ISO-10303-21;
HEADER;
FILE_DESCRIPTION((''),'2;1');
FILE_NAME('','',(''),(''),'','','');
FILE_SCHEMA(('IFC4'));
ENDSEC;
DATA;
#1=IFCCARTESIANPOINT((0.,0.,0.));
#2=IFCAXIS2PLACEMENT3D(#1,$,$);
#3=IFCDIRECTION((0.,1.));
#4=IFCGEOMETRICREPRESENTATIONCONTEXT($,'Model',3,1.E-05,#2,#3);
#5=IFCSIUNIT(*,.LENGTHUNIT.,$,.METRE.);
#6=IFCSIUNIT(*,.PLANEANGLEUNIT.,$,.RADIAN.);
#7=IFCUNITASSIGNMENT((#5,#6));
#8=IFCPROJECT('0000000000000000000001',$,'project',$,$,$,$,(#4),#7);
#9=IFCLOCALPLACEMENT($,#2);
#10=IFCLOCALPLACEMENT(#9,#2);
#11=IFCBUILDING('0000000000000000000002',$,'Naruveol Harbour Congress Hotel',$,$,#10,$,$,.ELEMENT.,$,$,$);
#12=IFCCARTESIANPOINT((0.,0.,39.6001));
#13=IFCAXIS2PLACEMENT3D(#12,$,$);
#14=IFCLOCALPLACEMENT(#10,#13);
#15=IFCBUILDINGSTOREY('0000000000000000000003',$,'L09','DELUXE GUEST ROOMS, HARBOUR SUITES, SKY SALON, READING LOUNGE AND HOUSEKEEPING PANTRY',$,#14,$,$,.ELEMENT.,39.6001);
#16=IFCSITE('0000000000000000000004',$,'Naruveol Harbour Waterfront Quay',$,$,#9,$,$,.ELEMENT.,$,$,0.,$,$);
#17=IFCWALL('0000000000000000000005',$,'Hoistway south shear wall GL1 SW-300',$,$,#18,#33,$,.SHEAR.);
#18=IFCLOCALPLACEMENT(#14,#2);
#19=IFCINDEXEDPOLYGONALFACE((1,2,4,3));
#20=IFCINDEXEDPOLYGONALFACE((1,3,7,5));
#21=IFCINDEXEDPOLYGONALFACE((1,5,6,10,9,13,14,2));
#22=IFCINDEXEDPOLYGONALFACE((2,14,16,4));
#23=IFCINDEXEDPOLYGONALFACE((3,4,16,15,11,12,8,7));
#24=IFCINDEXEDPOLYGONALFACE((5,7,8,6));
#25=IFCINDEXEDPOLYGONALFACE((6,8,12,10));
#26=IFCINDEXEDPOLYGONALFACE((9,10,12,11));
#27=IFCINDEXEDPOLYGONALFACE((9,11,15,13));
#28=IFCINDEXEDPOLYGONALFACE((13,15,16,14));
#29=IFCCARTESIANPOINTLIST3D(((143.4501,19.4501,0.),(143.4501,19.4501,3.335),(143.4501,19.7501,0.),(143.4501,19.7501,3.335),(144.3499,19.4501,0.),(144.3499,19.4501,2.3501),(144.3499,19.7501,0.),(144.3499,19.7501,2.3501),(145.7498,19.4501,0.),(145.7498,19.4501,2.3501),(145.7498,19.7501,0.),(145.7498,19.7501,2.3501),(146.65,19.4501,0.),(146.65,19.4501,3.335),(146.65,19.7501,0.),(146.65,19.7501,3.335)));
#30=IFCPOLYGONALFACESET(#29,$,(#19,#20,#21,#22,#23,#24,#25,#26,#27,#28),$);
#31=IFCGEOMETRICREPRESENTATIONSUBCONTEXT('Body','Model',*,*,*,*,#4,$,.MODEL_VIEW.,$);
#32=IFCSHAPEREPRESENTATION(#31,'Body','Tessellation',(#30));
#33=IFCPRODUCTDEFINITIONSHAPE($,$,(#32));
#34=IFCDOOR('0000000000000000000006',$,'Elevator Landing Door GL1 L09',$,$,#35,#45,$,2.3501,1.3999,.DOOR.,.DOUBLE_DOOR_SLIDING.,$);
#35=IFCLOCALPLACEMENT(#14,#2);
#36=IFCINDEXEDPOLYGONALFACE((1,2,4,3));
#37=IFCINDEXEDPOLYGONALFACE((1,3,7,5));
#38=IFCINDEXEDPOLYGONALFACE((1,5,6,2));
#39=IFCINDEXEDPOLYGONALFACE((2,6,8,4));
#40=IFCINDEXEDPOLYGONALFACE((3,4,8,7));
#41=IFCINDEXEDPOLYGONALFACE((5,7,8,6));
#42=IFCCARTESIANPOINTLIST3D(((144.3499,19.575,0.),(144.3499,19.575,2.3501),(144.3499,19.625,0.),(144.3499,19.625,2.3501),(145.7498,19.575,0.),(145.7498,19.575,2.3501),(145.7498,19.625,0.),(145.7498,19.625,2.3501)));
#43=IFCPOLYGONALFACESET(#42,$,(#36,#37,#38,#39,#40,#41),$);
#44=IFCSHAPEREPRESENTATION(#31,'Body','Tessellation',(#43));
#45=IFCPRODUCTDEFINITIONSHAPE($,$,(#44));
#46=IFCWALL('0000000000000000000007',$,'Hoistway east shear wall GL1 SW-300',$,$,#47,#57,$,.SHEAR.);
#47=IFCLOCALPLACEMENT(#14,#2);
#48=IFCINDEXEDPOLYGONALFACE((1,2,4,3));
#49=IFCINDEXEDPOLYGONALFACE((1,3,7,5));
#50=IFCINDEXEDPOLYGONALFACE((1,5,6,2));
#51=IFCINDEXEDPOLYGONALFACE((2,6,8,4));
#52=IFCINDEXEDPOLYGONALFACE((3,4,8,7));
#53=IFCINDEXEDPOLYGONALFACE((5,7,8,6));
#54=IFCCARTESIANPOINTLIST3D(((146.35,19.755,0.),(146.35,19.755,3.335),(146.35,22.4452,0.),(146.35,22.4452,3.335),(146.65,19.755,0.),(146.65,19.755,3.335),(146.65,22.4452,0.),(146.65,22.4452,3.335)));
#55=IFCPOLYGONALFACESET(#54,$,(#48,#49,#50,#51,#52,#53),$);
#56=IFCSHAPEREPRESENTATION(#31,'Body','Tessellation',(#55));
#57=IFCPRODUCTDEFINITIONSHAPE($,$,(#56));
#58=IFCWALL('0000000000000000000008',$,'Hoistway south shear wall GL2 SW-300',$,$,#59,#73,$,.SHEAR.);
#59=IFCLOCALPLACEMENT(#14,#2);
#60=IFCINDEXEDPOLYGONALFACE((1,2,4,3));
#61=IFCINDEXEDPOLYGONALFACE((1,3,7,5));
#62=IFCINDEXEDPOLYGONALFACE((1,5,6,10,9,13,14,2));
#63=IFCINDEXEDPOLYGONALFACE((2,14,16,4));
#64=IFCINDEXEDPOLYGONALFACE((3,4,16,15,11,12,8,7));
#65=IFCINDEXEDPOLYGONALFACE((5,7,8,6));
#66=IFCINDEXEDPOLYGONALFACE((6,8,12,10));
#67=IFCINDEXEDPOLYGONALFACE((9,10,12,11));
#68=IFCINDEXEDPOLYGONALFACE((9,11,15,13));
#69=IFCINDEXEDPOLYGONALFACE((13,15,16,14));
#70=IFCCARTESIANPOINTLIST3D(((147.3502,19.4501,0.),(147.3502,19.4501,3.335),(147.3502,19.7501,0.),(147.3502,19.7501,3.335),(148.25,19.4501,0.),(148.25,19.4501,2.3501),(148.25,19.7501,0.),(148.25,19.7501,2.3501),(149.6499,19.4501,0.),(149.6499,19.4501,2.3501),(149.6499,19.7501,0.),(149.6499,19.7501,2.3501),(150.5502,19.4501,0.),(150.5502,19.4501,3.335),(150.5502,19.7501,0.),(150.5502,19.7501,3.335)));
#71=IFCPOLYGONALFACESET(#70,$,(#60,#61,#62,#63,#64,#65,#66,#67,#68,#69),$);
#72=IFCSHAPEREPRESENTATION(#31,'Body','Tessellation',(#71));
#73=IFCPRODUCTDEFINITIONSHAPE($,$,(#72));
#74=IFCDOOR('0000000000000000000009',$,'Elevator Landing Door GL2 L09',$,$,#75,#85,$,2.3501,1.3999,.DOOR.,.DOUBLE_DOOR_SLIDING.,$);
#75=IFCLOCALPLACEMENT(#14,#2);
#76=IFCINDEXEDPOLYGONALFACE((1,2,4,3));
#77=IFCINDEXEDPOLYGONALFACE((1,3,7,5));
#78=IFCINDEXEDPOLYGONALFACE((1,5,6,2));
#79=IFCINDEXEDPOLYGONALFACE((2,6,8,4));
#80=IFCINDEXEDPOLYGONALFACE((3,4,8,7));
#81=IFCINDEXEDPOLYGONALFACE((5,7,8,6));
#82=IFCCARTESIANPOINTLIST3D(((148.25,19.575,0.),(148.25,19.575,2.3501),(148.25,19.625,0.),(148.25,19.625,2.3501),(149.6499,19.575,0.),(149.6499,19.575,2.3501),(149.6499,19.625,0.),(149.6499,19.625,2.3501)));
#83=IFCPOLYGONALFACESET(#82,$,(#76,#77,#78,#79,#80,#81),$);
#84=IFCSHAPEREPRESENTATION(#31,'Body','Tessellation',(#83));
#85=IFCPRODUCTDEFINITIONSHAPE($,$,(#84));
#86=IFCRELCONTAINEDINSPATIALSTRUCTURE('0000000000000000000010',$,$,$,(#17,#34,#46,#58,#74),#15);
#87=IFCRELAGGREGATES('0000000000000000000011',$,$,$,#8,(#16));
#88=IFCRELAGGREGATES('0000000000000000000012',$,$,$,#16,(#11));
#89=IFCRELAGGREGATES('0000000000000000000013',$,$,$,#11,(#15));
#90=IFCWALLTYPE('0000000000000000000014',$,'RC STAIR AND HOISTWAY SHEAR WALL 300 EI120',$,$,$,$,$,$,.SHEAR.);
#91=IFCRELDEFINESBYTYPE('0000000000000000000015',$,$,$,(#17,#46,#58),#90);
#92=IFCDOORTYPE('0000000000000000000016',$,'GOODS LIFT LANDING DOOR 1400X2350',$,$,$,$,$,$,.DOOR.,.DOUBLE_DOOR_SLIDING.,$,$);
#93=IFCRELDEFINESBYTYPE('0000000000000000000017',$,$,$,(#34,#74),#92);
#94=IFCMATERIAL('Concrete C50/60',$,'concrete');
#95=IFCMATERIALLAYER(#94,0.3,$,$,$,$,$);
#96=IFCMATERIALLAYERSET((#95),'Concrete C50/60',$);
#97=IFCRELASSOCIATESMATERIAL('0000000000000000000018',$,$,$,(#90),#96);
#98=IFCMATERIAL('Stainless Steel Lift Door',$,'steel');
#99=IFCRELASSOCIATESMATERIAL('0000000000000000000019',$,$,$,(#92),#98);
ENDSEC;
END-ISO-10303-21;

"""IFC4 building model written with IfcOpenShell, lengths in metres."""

from ifc_helpers import new_model, si_unit, direction, frame, frame_2d, origin, place, context, subcontext, project, spatial, rectangle, extrude, material, layer, layer_set, type_object, element, fill, save


model = new_model("IFC4")

# Units and contexts
model_context = context("Model", 3, precision=1e-05, world=origin(), true_north=direction((0.0, 1.0)))
body_context = subcontext(model_context, "Body", "Model", "MODEL_VIEW")
ifc_project = project(units=[si_unit("LENGTHUNIT", "METRE"), si_unit("PLANEANGLEUNIT", "RADIAN")], contexts=[model_context])

# Site, building, storey
site_placement = place(None, origin())
site = spatial("IfcSite", under=ifc_project, at=site_placement, Name="Naruveol Harbour Waterfront Quay", CompositionType="ELEMENT", RefElevation=0.0)
building_placement = place(site_placement, origin())
building = spatial("IfcBuilding", under=site, at=building_placement, Name="Naruveol Harbour Congress Hotel", CompositionType="ELEMENT")
storey_placement = place(building_placement, frame((0.0, 0.0, 39.6001)))
storey = spatial("IfcBuildingStorey", under=building, at=storey_placement, Name="L09", Description="DELUXE GUEST ROOMS, HARBOUR SUITES, SKY SALON, READING LOUNGE AND HOUSEKEEPING PANTRY", CompositionType="ELEMENT", Elevation=39.6001)

# Shared definitions
ifc_material_1 = material(Name="Concrete C50/60", Category="concrete")
ifc_layer_1 = layer(ifc_material_1, 0.3)
ifc_layer_set_1 = layer_set([ifc_layer_1], Name="Concrete C50/60")
wall_type_1 = type_object("IfcWallType", Name="RC STAIR AND HOISTWAY SHEAR WALL 300 EI120", PredefinedType="SHEAR", material=ifc_layer_set_1)

# Wall, opening, door
wall_1_placement = place(storey_placement, frame((143.45, 19.6001, 0.0), z_axis=(0.0, 0.0, 1.0), x_axis=(1.0, 0.0, 0.0)))
wall_1 = element("IfcWall", 1, at=wall_1_placement, inside=storey, type_object=wall_type_1, Name="Hoistway south shear wall GL1 SW-300", PredefinedType="SHEAR", context=body_context, shape_type="SweptSolid", body=[
    extrude(rectangle(XDim=3.2, YDim=0.3, at=frame_2d((1.6001, 0.0))), origin(), (0.0, 0.0, 1.0), 3.335),
])
opening_1_placement = place(wall_1_placement, frame((0.8999, 0.0, 0.0)))
opening_1 = element("IfcOpeningElement", 2, at=opening_1_placement, cuts=wall_1, PredefinedType="OPENING", context=body_context, shape_type="SweptSolid", body=[
    extrude(rectangle(XDim=1.3999, YDim=2.3501, at=frame_2d((0.7, 1.175))), frame((0.0, 0.1599, 0.0), z_axis=(0.0, -1.0, 0.0), x_axis=(1.0, 0.0, 0.0)), (0.0, 0.0, 1.0), 0.3201),
])
ifc_material_2 = material(Name="Stainless Steel Lift Door", Category="steel")
door_type_1 = type_object("IfcDoorType", Name="GOODS LIFT LANDING DOOR 1400X2350", OperationType="DOUBLE_DOOR_SLIDING", PredefinedType="DOOR", material=ifc_material_2)
door_1_placement = place(opening_1_placement, origin())
door_1 = element("IfcDoor", 3, at=door_1_placement, inside=storey, type_object=door_type_1, Name="Elevator Landing Door GL1 L09", OperationType="DOUBLE_DOOR_SLIDING", OverallHeight=2.3501, OverallWidth=1.3999, PredefinedType="DOOR", context=body_context, shape_type="SweptSolid", body=[
    extrude(rectangle(XDim=1.3999, YDim=2.3501, at=frame_2d((0.7, 1.175))), frame((0.0, 0.0249, 0.0), z_axis=(0.0, -1.0, 0.0), x_axis=(1.0, 0.0, 0.0)), (0.0, 0.0, 1.0), 0.05),
])
fill(opening_1, door_1)

# Wall
wall_2_placement = place(storey_placement, frame((146.5, 19.7549, 0.0), z_axis=(0.0, 0.0, 1.0), x_axis=(0.0, 1.0, 0.0)))
element("IfcWall", 4, at=wall_2_placement, inside=storey, type_object=wall_type_1, Name="Hoistway east shear wall GL1 SW-300", PredefinedType="SHEAR", context=body_context, shape_type="SweptSolid", body=[
    extrude(rectangle(XDim=2.6902, YDim=0.3, at=frame_2d((1.3452, 0.0))), origin(), (0.0, 0.0, 1.0), 3.335),
])

# Wall, opening, door
wall_3_placement = place(storey_placement, frame((147.3501, 19.6001, 0.0), z_axis=(0.0, 0.0, 1.0), x_axis=(1.0, 0.0, 0.0)))
wall_3 = element("IfcWall", 5, at=wall_3_placement, inside=storey, type_object=wall_type_1, Name="Hoistway south shear wall GL2 SW-300", PredefinedType="SHEAR", context=body_context, shape_type="SweptSolid", body=[
    extrude(rectangle(XDim=3.2, YDim=0.3, at=frame_2d((1.6001, 0.0))), origin(), (0.0, 0.0, 1.0), 3.335),
])
opening_2_placement = place(wall_3_placement, frame((0.8999, 0.0, 0.0)))
opening_2 = element("IfcOpeningElement", 6, at=opening_2_placement, cuts=wall_3, PredefinedType="OPENING", context=body_context, shape_type="SweptSolid", body=[
    extrude(rectangle(XDim=1.3999, YDim=2.3501, at=frame_2d((0.7, 1.175))), frame((0.0, 0.1599, 0.0), z_axis=(0.0, -1.0, 0.0), x_axis=(1.0, 0.0, 0.0)), (0.0, 0.0, 1.0), 0.3201),
])
door_2_placement = place(opening_2_placement, origin())
door_2 = element("IfcDoor", 7, at=door_2_placement, inside=storey, type_object=door_type_1, Name="Elevator Landing Door GL2 L09", OperationType="DOUBLE_DOOR_SLIDING", OverallHeight=2.3501, OverallWidth=1.3999, PredefinedType="DOOR", context=body_context, shape_type="SweptSolid", body=[
    extrude(rectangle(XDim=1.3999, YDim=2.3501, at=frame_2d((0.7, 1.175))), frame((0.0, 0.0249, 0.0), z_axis=(0.0, -1.0, 0.0), x_axis=(1.0, 0.0, 0.0)), (0.0, 0.0, 1.0), 0.05),
])
fill(opening_2, door_2)

save(model, "model.ifc")
